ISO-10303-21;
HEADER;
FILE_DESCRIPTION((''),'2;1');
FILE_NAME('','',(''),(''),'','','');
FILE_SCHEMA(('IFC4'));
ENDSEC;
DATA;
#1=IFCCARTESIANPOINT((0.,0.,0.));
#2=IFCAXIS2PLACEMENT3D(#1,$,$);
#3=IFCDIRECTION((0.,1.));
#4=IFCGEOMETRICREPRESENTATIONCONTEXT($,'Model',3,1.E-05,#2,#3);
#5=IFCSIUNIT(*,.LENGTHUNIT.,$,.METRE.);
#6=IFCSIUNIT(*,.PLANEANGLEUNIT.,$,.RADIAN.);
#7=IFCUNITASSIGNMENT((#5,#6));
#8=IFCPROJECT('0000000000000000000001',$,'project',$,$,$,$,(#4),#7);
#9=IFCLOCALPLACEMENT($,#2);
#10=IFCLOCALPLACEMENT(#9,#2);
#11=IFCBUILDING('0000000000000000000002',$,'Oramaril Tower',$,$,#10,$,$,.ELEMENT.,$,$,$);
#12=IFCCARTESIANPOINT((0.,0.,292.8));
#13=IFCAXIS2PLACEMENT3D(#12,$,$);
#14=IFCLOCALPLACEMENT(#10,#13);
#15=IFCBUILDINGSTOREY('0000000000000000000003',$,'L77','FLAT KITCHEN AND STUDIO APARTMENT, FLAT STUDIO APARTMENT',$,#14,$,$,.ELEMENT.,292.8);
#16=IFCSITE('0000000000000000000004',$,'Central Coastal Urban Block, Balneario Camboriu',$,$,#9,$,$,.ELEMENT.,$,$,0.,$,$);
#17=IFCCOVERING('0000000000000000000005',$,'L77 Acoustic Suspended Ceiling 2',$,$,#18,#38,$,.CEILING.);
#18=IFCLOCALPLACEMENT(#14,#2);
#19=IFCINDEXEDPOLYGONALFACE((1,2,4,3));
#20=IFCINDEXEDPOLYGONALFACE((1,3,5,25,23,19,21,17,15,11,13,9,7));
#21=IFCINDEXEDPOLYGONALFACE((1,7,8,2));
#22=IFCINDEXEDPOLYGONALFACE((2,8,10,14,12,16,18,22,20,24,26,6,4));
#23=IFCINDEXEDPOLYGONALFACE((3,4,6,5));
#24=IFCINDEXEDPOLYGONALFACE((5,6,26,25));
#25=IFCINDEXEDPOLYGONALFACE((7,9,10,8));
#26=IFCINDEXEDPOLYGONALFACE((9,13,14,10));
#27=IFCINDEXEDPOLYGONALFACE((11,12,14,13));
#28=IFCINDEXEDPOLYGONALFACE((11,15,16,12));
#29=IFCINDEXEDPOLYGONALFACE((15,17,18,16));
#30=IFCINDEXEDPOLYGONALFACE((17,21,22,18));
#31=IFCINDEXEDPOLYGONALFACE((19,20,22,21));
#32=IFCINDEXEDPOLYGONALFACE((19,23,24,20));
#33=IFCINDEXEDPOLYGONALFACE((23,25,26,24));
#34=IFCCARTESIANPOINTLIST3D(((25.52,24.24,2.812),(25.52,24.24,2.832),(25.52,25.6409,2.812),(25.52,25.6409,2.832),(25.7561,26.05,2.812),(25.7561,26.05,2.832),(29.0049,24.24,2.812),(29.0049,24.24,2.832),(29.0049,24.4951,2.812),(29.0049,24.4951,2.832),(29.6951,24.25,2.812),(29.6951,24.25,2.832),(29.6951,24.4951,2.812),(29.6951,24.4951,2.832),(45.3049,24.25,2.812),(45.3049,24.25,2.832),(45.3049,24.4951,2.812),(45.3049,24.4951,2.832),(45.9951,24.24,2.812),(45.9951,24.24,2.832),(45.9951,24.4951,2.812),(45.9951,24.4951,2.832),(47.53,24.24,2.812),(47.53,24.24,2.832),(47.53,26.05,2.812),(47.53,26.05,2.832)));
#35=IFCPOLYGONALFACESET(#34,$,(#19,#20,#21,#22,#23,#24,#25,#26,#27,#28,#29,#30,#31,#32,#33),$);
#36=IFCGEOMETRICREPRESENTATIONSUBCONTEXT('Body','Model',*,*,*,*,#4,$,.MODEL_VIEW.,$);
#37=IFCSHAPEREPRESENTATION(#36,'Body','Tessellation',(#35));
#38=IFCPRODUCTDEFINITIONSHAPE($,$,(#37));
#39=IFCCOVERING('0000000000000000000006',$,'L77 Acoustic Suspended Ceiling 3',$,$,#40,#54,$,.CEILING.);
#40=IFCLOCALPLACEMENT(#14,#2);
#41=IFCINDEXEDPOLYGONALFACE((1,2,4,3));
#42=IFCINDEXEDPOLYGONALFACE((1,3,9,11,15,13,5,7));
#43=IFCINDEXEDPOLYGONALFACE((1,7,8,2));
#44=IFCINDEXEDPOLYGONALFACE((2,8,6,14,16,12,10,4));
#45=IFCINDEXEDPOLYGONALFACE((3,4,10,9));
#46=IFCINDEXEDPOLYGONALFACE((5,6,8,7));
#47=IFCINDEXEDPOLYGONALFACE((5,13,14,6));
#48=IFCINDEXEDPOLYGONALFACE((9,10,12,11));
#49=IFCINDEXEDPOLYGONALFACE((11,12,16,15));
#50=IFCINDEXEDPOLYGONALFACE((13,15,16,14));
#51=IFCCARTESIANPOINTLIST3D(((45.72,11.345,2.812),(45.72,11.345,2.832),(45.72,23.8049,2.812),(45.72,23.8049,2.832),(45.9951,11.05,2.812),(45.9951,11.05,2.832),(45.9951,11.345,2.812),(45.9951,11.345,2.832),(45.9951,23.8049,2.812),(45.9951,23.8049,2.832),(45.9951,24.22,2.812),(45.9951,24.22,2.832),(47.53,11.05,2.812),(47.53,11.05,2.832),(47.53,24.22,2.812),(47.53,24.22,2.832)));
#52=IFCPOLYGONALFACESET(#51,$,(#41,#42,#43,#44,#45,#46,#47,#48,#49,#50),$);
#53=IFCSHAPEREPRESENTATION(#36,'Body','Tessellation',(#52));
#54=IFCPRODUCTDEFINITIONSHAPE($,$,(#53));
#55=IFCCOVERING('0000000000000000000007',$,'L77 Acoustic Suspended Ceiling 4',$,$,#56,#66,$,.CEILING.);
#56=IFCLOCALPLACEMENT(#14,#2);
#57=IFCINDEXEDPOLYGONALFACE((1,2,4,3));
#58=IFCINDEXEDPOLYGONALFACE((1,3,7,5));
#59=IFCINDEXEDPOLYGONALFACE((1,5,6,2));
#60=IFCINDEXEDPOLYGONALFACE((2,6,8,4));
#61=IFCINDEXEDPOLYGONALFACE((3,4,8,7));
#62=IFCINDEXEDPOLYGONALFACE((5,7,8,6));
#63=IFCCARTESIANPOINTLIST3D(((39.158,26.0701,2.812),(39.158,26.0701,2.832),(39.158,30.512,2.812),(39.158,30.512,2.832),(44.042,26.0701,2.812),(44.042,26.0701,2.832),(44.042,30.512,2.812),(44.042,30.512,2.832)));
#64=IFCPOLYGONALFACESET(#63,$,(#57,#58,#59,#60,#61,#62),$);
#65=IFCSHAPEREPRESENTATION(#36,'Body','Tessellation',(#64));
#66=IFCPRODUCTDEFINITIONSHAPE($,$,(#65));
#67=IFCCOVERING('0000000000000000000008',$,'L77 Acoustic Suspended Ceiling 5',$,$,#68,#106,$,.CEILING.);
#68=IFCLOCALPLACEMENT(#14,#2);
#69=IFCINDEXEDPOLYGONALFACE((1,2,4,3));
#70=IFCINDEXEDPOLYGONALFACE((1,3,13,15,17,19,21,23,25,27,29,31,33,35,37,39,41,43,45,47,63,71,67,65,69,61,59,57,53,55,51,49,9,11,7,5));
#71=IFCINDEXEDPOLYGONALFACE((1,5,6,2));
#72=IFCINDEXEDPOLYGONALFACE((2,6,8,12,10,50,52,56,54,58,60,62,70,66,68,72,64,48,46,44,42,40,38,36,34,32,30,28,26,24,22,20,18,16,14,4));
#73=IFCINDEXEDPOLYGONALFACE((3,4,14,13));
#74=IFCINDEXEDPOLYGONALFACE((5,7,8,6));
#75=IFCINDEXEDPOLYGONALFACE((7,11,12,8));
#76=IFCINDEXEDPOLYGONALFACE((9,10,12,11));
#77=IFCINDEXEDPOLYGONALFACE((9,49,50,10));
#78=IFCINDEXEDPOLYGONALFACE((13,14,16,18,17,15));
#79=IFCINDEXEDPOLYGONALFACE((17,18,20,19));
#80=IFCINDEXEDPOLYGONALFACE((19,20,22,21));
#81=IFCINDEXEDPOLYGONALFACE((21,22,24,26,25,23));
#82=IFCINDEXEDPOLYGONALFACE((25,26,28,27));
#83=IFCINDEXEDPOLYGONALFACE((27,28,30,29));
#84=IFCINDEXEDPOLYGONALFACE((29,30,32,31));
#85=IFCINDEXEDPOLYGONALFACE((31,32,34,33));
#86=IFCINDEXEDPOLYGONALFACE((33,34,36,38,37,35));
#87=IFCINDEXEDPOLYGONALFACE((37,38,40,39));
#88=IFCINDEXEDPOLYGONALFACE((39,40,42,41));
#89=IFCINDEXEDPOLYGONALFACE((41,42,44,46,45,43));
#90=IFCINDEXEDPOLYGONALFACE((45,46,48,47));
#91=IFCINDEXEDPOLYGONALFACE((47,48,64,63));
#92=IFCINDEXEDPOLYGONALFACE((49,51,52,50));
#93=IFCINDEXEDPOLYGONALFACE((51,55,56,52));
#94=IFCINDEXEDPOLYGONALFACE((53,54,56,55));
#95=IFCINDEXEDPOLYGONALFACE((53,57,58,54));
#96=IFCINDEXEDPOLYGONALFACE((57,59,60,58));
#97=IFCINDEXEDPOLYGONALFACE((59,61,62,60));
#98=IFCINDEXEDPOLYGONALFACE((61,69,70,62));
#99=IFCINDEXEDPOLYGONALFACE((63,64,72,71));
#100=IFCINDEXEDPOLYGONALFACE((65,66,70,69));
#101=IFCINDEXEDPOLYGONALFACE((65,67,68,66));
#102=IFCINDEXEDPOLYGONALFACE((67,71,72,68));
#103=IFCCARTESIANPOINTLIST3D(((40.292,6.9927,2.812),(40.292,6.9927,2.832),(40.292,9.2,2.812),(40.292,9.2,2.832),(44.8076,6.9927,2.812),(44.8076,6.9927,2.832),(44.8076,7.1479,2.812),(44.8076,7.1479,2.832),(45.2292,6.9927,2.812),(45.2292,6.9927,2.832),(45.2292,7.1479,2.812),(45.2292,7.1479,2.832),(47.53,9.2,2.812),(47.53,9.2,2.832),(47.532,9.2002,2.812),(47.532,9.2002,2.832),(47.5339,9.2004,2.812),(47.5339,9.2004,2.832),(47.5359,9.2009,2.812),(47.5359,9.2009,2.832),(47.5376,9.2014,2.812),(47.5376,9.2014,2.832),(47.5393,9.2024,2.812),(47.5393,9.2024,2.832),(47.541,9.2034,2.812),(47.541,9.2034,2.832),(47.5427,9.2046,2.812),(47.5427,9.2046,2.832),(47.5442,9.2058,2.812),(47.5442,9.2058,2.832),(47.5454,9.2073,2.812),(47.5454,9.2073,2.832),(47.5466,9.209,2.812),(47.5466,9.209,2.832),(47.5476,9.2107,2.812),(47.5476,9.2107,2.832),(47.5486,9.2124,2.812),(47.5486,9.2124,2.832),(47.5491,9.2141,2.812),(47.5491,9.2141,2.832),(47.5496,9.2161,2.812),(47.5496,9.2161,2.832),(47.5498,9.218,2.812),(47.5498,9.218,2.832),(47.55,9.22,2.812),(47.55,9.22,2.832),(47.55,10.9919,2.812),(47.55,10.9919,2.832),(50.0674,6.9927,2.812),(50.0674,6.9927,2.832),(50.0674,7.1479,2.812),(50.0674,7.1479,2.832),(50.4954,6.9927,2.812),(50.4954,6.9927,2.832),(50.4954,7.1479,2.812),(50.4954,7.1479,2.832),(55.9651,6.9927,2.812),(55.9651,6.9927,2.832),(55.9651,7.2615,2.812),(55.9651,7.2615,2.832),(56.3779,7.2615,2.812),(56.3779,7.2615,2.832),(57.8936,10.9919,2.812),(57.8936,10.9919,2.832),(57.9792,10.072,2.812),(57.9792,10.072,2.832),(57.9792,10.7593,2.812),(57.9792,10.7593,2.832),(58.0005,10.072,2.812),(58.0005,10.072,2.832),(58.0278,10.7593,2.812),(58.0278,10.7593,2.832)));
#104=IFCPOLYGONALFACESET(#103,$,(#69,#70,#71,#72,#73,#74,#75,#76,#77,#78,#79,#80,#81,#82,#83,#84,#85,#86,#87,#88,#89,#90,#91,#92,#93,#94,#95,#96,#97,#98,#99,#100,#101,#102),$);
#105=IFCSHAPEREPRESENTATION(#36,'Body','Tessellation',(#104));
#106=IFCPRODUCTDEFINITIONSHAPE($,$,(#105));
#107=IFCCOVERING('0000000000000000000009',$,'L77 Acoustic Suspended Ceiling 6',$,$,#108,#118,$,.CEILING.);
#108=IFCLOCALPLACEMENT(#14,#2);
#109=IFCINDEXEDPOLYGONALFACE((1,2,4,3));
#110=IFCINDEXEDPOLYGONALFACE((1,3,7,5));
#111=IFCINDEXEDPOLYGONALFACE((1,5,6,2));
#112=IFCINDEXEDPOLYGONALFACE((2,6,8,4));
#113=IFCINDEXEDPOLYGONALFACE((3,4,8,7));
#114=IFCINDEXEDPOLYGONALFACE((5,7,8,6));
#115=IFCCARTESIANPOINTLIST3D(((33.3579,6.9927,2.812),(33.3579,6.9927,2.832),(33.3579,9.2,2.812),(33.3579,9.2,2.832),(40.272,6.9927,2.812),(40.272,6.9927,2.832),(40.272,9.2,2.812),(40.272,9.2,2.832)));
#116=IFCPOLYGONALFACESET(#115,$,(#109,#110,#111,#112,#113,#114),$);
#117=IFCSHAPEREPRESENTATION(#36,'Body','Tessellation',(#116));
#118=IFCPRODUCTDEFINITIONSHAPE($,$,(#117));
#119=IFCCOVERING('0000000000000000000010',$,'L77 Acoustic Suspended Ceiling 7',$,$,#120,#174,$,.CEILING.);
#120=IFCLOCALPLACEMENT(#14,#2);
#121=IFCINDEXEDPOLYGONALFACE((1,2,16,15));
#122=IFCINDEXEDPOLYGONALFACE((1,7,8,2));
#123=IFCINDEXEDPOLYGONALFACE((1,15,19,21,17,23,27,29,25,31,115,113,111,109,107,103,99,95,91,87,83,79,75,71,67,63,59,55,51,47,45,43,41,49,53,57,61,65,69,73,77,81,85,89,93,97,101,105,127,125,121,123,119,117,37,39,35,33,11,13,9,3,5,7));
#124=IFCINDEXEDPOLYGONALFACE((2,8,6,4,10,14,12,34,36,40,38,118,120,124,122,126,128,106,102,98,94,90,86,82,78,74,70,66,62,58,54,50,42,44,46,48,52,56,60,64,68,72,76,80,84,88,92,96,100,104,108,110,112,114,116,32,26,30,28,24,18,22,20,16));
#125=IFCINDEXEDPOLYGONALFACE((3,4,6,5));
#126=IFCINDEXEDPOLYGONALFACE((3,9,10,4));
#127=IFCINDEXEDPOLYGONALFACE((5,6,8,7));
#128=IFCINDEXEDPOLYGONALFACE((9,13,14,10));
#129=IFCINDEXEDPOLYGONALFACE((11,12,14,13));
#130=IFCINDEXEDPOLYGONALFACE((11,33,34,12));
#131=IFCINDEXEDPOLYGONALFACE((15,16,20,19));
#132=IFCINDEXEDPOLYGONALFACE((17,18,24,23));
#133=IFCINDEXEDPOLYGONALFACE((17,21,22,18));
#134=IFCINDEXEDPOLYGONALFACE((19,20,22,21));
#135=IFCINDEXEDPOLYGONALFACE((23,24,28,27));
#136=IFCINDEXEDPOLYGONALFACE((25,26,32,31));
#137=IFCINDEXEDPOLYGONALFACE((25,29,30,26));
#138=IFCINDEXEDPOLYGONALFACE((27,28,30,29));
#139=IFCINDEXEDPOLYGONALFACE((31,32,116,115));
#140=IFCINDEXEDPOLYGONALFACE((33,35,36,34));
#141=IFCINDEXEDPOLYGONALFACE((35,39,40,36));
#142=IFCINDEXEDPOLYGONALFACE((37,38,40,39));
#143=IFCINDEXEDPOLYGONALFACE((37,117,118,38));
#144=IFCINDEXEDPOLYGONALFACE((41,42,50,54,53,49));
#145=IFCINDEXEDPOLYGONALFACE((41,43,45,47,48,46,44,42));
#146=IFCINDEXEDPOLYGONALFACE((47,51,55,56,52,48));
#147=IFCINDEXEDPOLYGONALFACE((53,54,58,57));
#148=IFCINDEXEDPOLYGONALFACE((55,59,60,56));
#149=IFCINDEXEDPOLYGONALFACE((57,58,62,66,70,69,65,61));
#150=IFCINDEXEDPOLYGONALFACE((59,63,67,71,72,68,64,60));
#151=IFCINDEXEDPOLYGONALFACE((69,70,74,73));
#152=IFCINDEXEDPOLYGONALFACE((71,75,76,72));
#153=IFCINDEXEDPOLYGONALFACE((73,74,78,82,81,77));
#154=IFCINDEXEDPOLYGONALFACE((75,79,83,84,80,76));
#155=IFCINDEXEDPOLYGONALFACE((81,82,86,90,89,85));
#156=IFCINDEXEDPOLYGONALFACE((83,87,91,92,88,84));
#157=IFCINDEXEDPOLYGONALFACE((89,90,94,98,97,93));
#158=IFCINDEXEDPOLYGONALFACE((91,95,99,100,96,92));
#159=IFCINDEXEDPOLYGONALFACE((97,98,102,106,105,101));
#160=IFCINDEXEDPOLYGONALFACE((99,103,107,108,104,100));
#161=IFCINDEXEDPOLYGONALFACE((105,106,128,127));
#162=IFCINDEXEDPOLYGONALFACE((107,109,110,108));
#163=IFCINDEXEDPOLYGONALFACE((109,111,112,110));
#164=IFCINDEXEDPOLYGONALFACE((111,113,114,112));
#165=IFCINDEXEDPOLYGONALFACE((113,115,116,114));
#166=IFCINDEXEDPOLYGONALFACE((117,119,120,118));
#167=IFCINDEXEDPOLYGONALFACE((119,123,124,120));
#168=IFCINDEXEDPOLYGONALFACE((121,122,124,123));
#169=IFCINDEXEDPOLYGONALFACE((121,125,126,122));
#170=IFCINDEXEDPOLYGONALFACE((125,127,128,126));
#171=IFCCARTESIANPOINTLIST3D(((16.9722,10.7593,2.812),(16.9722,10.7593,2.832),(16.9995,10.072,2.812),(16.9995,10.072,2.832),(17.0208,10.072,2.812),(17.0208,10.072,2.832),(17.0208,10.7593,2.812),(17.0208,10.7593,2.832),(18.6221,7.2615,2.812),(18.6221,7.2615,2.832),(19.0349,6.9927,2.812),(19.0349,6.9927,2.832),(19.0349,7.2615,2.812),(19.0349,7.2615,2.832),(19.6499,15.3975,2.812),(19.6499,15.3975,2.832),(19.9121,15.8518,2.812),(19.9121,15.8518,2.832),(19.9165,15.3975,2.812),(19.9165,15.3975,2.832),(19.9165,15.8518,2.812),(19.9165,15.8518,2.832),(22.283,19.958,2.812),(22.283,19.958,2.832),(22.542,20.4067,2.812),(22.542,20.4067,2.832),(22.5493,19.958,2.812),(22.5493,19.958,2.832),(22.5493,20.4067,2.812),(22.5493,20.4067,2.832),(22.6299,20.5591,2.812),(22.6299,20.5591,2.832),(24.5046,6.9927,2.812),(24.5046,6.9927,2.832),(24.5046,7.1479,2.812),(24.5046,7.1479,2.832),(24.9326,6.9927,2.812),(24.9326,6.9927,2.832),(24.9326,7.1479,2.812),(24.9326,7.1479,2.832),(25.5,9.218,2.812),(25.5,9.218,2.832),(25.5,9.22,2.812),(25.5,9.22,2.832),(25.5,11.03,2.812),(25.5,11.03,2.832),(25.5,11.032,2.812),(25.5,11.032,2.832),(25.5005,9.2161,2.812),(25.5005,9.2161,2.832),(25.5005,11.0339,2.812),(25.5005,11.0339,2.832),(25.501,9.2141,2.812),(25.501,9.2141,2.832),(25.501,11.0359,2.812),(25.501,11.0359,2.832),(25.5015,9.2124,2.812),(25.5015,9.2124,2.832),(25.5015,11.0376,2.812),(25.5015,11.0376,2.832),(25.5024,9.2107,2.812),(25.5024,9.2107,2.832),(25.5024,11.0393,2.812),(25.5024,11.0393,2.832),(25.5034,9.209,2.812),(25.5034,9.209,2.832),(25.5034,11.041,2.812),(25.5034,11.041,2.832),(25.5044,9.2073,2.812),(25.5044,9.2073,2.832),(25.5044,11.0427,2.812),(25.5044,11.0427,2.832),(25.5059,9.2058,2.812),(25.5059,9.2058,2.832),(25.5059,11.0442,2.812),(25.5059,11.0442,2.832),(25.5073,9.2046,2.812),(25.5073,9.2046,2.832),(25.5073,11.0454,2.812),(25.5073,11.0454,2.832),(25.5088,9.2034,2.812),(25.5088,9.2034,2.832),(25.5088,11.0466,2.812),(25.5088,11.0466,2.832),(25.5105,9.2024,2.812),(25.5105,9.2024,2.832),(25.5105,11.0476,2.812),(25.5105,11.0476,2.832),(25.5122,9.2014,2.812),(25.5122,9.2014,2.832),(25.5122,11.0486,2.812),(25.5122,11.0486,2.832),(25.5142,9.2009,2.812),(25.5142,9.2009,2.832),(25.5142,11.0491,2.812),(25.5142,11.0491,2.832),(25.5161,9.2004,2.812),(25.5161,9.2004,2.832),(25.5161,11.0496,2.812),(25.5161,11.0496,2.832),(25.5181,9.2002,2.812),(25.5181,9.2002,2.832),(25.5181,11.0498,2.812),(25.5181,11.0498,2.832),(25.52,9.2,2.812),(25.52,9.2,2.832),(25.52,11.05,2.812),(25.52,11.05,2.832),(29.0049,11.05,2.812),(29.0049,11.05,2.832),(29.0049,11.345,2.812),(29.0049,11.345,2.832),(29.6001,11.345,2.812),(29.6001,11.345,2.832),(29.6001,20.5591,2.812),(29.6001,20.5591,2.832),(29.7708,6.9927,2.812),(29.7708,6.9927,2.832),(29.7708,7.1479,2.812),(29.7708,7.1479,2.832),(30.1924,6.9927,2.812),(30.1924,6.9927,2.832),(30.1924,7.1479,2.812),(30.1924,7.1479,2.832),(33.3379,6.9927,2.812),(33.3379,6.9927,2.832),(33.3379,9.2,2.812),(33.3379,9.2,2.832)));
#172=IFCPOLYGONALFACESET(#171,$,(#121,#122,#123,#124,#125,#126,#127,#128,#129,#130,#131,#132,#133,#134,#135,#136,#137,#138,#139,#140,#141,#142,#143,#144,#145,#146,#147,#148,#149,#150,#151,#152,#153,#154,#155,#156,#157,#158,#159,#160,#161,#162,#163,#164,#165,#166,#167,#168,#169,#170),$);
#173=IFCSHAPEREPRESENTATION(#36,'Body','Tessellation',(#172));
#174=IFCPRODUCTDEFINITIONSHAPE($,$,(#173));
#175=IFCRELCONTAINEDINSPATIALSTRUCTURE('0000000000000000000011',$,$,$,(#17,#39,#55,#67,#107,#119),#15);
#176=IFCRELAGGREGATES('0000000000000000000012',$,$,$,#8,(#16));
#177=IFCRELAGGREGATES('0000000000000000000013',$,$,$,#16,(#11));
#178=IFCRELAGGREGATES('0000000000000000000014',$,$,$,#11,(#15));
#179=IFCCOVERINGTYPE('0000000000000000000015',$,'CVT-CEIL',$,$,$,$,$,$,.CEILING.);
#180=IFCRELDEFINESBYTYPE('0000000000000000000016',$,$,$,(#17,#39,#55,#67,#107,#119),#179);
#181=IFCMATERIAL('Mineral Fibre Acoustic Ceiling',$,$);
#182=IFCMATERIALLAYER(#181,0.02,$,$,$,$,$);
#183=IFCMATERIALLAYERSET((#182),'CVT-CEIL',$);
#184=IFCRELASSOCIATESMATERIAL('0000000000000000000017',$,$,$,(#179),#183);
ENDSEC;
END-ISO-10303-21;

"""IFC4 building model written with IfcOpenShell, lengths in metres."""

from ifc_helpers import new_model, si_unit, direction, frame, origin, place, context, subcontext, project, spatial, polyline, outline, extrude, material, layer, layer_set, type_object, element, save


model = new_model("IFC4")

# Units and contexts
model_context = context("Model", 3, precision=1e-05, world=origin(), true_north=direction((0.0, 1.0)))
body_context = subcontext(model_context, "Body", "Model", "MODEL_VIEW")
ifc_project = project(units=[si_unit("LENGTHUNIT", "METRE"), si_unit("PLANEANGLEUNIT", "RADIAN")], contexts=[model_context])

# Site, building, storey
site_placement = place(None, origin())
site = spatial("IfcSite", under=ifc_project, at=site_placement, Name="Central Coastal Urban Block, Balneario Camboriu", CompositionType="ELEMENT", RefElevation=0.0)
building_placement = place(site_placement, origin())
building = spatial("IfcBuilding", under=site, at=building_placement, Name="Oramaril Tower", CompositionType="ELEMENT")
storey_placement = place(building_placement, frame((0.0, 0.0, 292.8)))
storey = spatial("IfcBuildingStorey", under=building, at=storey_placement, Name="L77", Description="FLAT KITCHEN AND STUDIO APARTMENT, FLAT STUDIO APARTMENT", CompositionType="ELEMENT", Elevation=292.8)

# Coverings
ifc_material_1 = material(Name="Mineral Fibre Acoustic Ceiling")
ifc_layer_1 = layer(ifc_material_1, 0.02)
ifc_layer_set_1 = layer_set([ifc_layer_1], Name="CVT-CEIL")
covering_type_1 = type_object("IfcCoveringType", Name="CVT-CEIL", PredefinedType="CEILING", material=ifc_layer_set_1)
covering_1_placement = place(storey_placement, frame((0.0, 0.0, 2.812)))
element("IfcCovering", 1, at=covering_1_placement, inside=storey, type_object=covering_type_1, Name="L77 Acoustic Suspended Ceiling 2", PredefinedType="CEILING", context=body_context, shape_type="SweptSolid", body=[
    extrude(outline(polyline([(45.9951, 24.24), (45.9951, 24.4951), (45.3049, 24.4951), (45.3049, 24.25), (29.6951, 24.25), (29.6951, 24.4951), (29.0049, 24.4951), (29.0049, 24.24), (25.52, 24.24), (25.52, 25.6409), (25.7561, 26.05), (47.53, 26.05), (47.53, 24.24), (45.9951, 24.24)])), origin(), (0.0, 0.0, 1.0), 0.02),
])
covering_2_placement = place(storey_placement, frame((0.0, 0.0, 2.812)))
element("IfcCovering", 2, at=covering_2_placement, inside=storey, type_object=covering_type_1, Name="L77 Acoustic Suspended Ceiling 3", PredefinedType="CEILING", context=body_context, shape_type="SweptSolid", body=[
    extrude(outline(polyline([(47.53, 11.05), (45.9951, 11.05), (45.9951, 11.345), (45.72, 11.345), (45.72, 23.8049), (45.9951, 23.8049), (45.9951, 24.22), (47.53, 24.22), (47.53, 11.05)])), origin(), (0.0, 0.0, 1.0), 0.02),
])
covering_3_placement = place(storey_placement, frame((0.0, 0.0, 2.812)))
element("IfcCovering", 3, at=covering_3_placement, inside=storey, type_object=covering_type_1, Name="L77 Acoustic Suspended Ceiling 4", PredefinedType="CEILING", context=body_context, shape_type="SweptSolid", body=[
    extrude(outline(polyline([(44.042, 30.512), (44.042, 26.0701), (39.158, 26.0701), (39.158, 30.512), (44.042, 30.512)])), origin(), (0.0, 0.0, 1.0), 0.02),
])
covering_4_placement = place(storey_placement, frame((0.0, 0.0, 2.812)))
element("IfcCovering", 4, at=covering_4_placement, inside=storey, type_object=covering_type_1, Name="L77 Acoustic Suspended Ceiling 5", PredefinedType="CEILING", context=body_context, shape_type="SweptSolid", body=[
    extrude(outline(polyline([(57.8936, 10.9919), (58.0278, 10.7593), (57.9792, 10.7593), (57.9792, 10.072), (58.0005, 10.072), (56.3779, 7.2615), (55.9651, 7.2615), (55.9651, 6.9927), (50.4954, 6.9927), (50.4954, 7.1479), (50.0674, 7.1479), (50.0674, 6.9927), (45.2292, 6.9927), (45.2292, 7.1479), (44.8076, 7.1479), (44.8076, 6.9927), (40.292, 6.9927), (40.292, 9.2), (47.53, 9.2), (47.532, 9.2002), (47.5339, 9.2004), (47.5359, 9.2009), (47.5376, 9.2014), (47.5393, 9.2024), (47.541, 9.2034), (47.5427, 9.2046), (47.5442, 9.2058), (47.5454, 9.2073), (47.5466, 9.209), (47.5476, 9.2107), (47.5486, 9.2124), (47.5491, 9.2141), (47.5496, 9.2161), (47.5498, 9.218), (47.55, 9.22), (47.55, 10.9919), (57.8936, 10.9919)])), origin(), (0.0, 0.0, 1.0), 0.02),
])
covering_5_placement = place(storey_placement, frame((0.0, 0.0, 2.812)))
element("IfcCovering", 5, at=covering_5_placement, inside=storey, type_object=covering_type_1, Name="L77 Acoustic Suspended Ceiling 6", PredefinedType="CEILING", context=body_context, shape_type="SweptSolid", body=[
    extrude(outline(polyline([(33.3579, 6.9927), (33.3579, 9.2), (40.272, 9.2), (40.272, 6.9927), (33.3579, 6.9927)])), origin(), (0.0, 0.0, 1.0), 0.02),
])
covering_6_placement = place(storey_placement, frame((0.0, 0.0, 2.812)))
element("IfcCovering", 6, at=covering_6_placement, inside=storey, type_object=covering_type_1, Name="L77 Acoustic Suspended Ceiling 7", PredefinedType="CEILING", context=body_context, shape_type="SweptSolid", body=[
    extrude(outline(polyline([(19.9165, 15.3975), (19.9165, 15.8518), (19.9121, 15.8518), (22.283, 19.958), (22.5493, 19.958), (22.5493, 20.4067), (22.542, 20.4067), (22.6299, 20.5591), (29.6001, 20.5591), (29.6001, 11.345), (29.0049, 11.345), (29.0049, 11.05), (25.52, 11.05), (25.5181, 11.0498), (25.5161, 11.0496), (25.5142, 11.0491), (25.5122, 11.0486), (25.5105, 11.0476), (25.5088, 11.0466), (25.5073, 11.0454), (25.5059, 11.0442), (25.5044, 11.0427), (25.5034, 11.041), (25.5024, 11.0393), (25.5015, 11.0376), (25.501, 11.0359), (25.5005, 11.0339), (25.5, 11.032), (25.5, 11.03), (25.5, 9.22), (25.5, 9.218), (25.5005, 9.2161), (25.501, 9.2141), (25.5015, 9.2124), (25.5024, 9.2107), (25.5034, 9.209), (25.5044, 9.2073), (25.5059, 9.2058), (25.5073, 9.2046), (25.5088, 9.2034), (25.5105, 9.2024), (25.5122, 9.2014), (25.5142, 9.2009), (25.5161, 9.2004), (25.5181, 9.2002), (25.52, 9.2), (33.3379, 9.2), (33.3379, 6.9927), (30.1924, 6.9927), (30.1924, 7.1479), (29.7708, 7.1479), (29.7708, 6.9927), (24.9326, 6.9927), (24.9326, 7.1479), (24.5046, 7.1479), (24.5046, 6.9927), (19.0349, 6.9927), (19.0349, 7.2615), (18.6221, 7.2615), (16.9995, 10.072), (17.0208, 10.072), (17.0208, 10.7593), (16.9722, 10.7593), (19.6499, 15.3975), (19.9165, 15.3975)])), origin(), (0.0, 0.0, 1.0), 0.02),
])

save(model, "model.ifc")
